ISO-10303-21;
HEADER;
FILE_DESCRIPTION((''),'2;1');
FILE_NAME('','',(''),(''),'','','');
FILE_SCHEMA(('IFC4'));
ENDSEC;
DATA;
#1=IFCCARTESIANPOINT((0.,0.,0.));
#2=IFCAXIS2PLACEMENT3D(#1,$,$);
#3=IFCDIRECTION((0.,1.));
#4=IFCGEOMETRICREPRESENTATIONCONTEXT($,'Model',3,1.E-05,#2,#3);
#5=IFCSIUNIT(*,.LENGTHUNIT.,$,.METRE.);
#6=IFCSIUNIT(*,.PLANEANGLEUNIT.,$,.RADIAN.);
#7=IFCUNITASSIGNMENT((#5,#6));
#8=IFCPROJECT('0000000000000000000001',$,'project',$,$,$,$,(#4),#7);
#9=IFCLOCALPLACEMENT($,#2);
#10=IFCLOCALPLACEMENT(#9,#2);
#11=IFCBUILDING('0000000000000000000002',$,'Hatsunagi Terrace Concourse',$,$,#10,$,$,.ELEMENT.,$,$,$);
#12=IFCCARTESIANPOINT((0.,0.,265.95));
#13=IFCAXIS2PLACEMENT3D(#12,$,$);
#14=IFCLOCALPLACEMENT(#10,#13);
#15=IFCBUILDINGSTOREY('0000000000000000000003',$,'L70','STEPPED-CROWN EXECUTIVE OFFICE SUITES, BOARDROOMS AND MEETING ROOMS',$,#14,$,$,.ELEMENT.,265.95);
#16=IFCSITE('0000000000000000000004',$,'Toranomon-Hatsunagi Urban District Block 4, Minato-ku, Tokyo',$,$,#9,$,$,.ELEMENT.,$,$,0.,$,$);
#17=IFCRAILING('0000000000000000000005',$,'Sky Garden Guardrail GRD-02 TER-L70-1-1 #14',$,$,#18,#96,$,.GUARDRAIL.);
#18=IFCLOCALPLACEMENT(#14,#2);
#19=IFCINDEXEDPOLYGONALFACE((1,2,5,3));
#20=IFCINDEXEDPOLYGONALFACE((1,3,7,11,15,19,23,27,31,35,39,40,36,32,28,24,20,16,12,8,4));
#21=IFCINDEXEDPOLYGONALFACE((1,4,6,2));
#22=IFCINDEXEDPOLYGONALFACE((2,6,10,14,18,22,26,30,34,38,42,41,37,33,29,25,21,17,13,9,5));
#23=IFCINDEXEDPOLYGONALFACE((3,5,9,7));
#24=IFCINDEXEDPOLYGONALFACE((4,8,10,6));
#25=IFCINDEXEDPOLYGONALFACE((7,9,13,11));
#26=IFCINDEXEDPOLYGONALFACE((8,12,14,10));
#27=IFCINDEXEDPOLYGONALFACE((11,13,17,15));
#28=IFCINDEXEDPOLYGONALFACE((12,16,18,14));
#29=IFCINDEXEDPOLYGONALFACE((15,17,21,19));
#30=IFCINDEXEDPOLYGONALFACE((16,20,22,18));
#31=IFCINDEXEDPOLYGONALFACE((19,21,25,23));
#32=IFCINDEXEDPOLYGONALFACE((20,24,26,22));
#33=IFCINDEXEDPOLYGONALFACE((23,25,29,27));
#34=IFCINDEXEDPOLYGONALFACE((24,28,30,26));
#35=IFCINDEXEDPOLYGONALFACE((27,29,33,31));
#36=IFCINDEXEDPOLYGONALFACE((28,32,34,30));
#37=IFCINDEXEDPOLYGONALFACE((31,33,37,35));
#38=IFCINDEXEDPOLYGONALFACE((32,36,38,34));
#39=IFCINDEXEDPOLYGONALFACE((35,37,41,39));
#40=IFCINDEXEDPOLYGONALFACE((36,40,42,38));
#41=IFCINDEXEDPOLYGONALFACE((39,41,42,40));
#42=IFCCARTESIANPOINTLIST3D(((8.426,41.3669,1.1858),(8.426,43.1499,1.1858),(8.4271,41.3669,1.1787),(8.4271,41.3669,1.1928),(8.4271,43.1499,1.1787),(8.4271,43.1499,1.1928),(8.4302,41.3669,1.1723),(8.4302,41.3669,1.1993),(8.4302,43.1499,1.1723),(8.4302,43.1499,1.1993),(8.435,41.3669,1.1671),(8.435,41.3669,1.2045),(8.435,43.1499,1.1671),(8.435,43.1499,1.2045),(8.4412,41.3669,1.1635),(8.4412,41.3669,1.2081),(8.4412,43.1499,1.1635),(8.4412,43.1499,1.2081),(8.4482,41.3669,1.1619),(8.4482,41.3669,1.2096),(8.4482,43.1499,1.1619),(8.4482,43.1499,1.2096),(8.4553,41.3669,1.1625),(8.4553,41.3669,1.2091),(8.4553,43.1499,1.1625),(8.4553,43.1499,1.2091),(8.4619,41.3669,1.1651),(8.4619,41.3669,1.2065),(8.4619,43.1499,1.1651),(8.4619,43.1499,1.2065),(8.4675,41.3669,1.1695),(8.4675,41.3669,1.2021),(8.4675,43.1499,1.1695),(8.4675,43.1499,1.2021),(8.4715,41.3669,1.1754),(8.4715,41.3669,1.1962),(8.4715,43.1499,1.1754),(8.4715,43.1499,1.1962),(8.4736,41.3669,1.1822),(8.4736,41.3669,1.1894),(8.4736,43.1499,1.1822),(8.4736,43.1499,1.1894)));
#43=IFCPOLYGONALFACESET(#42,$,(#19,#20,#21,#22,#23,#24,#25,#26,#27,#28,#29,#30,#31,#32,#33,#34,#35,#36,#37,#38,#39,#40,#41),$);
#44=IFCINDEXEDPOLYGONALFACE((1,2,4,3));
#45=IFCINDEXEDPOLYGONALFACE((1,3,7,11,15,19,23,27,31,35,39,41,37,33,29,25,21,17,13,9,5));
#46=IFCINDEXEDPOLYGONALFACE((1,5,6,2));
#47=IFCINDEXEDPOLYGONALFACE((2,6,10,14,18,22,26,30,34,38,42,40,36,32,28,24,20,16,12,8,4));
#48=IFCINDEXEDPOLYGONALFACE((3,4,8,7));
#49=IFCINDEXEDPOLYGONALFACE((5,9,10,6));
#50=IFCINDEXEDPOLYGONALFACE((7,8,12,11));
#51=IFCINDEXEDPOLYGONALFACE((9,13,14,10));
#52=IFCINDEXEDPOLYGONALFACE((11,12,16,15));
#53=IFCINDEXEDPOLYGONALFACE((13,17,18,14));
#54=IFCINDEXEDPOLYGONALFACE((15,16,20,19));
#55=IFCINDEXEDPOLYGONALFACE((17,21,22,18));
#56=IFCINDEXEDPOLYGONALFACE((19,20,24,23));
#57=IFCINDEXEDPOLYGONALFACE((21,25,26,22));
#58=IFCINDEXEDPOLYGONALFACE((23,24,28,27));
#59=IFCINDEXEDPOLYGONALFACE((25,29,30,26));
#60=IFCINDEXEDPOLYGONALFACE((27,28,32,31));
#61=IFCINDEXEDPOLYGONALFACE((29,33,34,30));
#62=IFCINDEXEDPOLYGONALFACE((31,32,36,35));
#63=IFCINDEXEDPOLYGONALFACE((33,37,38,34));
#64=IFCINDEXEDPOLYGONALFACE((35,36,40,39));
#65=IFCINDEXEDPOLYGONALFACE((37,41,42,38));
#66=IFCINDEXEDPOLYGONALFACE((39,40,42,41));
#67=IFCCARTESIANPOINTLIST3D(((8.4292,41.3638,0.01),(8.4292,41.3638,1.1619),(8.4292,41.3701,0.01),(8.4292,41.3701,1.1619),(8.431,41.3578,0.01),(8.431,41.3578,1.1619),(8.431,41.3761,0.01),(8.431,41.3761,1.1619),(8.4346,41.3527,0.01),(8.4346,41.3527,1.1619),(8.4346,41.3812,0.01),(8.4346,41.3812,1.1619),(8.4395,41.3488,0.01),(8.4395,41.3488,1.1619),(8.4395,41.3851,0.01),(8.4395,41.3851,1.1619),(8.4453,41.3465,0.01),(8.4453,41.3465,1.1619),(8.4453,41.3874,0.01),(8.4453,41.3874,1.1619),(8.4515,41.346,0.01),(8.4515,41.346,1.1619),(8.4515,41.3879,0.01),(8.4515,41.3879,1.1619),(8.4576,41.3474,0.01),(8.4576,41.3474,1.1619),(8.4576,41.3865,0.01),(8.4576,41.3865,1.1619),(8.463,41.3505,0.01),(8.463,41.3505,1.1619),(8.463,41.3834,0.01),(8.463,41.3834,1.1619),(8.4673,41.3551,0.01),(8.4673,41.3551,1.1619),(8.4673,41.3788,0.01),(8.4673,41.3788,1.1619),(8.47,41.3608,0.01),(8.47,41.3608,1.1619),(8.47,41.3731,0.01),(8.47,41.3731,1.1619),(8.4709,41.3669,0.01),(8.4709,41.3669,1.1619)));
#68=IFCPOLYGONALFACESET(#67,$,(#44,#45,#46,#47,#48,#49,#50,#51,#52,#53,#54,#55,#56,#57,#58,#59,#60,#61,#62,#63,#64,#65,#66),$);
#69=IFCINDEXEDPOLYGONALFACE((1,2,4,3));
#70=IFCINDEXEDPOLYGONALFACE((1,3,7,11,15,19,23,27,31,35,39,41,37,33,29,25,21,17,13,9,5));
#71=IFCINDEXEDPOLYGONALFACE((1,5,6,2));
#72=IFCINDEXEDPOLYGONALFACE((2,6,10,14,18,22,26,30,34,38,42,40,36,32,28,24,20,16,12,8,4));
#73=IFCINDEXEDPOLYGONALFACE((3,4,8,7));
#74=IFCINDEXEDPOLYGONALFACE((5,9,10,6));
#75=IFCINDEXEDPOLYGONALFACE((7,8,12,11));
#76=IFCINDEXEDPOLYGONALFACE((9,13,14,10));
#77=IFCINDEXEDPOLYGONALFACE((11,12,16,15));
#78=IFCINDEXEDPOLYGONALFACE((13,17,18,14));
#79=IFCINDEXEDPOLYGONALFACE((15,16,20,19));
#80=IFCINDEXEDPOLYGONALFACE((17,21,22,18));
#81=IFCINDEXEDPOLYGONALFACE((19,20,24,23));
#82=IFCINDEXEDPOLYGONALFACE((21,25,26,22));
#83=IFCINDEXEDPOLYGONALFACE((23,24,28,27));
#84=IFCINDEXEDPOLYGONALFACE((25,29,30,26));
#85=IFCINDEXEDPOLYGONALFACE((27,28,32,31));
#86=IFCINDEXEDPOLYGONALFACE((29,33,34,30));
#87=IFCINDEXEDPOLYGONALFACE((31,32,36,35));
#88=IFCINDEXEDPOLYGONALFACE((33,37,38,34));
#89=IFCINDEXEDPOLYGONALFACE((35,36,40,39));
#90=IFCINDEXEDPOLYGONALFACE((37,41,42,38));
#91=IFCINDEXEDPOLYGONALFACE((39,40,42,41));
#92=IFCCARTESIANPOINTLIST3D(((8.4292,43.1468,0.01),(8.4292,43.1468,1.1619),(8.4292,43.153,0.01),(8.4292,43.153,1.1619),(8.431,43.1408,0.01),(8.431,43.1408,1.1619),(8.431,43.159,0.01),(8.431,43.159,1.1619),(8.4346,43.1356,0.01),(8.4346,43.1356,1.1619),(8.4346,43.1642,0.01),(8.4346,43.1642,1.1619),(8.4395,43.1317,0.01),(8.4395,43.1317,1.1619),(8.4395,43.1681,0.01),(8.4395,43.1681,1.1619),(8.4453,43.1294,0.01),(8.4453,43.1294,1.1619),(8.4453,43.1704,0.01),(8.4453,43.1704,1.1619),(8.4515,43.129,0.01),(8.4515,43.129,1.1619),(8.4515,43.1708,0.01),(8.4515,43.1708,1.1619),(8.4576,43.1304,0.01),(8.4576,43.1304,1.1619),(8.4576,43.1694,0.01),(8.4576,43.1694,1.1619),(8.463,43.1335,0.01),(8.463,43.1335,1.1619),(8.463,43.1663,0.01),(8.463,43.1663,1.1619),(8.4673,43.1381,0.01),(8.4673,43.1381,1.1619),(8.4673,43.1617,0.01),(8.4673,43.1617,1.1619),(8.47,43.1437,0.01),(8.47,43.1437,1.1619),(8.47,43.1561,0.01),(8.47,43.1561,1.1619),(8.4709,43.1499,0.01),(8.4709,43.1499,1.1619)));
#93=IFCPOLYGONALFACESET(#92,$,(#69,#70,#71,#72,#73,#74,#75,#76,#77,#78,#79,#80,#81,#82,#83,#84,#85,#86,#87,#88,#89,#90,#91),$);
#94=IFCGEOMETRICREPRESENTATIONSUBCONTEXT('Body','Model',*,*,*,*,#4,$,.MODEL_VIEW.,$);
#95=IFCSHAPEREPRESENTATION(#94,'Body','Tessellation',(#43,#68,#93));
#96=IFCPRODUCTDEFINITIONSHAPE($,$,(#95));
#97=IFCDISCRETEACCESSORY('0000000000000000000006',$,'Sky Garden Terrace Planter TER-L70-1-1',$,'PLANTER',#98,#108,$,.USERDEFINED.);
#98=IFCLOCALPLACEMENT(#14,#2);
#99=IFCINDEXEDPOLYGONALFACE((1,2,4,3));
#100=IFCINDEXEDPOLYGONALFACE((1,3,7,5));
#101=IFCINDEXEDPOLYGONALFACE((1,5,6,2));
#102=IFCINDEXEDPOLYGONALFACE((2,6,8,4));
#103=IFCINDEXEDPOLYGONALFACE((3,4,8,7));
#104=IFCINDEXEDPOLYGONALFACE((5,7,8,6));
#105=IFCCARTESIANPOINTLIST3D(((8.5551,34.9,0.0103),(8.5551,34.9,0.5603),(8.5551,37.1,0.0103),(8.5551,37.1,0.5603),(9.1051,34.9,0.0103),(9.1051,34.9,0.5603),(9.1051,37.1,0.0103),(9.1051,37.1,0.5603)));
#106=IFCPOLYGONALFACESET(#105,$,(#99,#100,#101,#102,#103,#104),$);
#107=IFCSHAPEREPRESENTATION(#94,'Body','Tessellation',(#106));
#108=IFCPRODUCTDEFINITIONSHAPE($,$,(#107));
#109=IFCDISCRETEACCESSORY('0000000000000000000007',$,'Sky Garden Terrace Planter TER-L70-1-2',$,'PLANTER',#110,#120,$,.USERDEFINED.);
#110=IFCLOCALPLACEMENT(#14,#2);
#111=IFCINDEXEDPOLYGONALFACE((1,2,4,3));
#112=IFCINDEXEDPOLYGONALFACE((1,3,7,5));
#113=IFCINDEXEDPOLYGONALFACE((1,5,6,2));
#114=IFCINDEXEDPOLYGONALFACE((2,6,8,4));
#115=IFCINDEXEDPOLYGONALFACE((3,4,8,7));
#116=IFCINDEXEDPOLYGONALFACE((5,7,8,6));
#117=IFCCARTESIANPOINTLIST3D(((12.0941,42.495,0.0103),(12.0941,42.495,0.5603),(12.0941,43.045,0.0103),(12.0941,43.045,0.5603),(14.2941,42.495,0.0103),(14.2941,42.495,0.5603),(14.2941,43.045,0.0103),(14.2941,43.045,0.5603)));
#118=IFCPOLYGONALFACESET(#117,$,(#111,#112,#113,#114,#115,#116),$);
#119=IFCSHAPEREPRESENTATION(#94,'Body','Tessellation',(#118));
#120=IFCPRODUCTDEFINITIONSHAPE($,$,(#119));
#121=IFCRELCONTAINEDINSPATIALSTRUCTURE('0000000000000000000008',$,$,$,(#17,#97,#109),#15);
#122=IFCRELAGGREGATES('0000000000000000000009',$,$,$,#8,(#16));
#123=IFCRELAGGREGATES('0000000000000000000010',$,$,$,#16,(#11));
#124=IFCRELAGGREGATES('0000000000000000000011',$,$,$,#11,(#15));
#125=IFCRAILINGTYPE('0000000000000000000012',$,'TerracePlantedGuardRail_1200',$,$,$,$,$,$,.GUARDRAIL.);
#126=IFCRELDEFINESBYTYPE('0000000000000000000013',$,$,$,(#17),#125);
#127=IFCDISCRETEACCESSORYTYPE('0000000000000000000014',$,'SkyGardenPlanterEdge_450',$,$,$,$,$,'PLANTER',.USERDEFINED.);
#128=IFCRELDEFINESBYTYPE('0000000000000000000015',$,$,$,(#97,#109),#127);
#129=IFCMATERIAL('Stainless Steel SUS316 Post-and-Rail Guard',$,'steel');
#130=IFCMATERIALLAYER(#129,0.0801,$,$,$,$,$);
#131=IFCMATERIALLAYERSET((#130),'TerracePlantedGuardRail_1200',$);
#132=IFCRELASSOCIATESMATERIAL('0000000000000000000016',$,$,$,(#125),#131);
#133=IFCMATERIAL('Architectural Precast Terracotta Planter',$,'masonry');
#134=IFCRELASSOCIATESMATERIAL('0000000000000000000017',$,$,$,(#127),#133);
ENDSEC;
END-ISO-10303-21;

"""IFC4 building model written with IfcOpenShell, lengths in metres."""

from ifc_helpers import new_model, si_unit, direction, frame, origin, origin_2d, place, context, subcontext, project, spatial, rectangle, circle, extrude, material, layer, layer_set, type_object, element, save


model = new_model("IFC4")

# Units and contexts
model_context = context("Model", 3, precision=1e-05, world=origin(), true_north=direction((0.0, 1.0)))
body_context = subcontext(model_context, "Body", "Model", "MODEL_VIEW")
ifc_project = project(units=[si_unit("LENGTHUNIT", "METRE"), si_unit("PLANEANGLEUNIT", "RADIAN")], contexts=[model_context])

# Site, building, storey
site_placement = place(None, origin())
site = spatial("IfcSite", under=ifc_project, at=site_placement, Name="Toranomon-Hatsunagi Urban District Block 4, Minato-ku, Tokyo", CompositionType="ELEMENT", RefElevation=0.0)
building_placement = place(site_placement, origin())
building = spatial("IfcBuilding", under=site, at=building_placement, Name="Hatsunagi Terrace Concourse", CompositionType="ELEMENT")
storey_placement = place(building_placement, frame((0.0, 0.0, 265.95)))
storey = spatial("IfcBuildingStorey", under=building, at=storey_placement, Name="L70", Description="STEPPED-CROWN EXECUTIVE OFFICE SUITES, BOARDROOMS AND MEETING ROOMS", CompositionType="ELEMENT", Elevation=265.95)

# Railing
ifc_material_1 = material(Name="Stainless Steel SUS316 Post-and-Rail Guard", Category="steel")
ifc_layer_1 = layer(ifc_material_1, 0.0801)
ifc_layer_set_1 = layer_set([ifc_layer_1], Name="TerracePlantedGuardRail_1200")
railing_type = type_object("IfcRailingType", Name="TerracePlantedGuardRail_1200", PredefinedType="GUARDRAIL", material=ifc_layer_set_1)
railing_1_placement = place(storey_placement, frame((8.45, 41.3669, 0.01)))
element("IfcRailing", 1, at=railing_1_placement, inside=storey, type_object=railing_type, Name="Sky Garden Guardrail GRD-02 TER-L70-1-1 #14", PredefinedType="GUARDRAIL", context=body_context, shape_type="SweptSolid", body=[
    extrude(circle(Radius=0.0239, at=origin_2d()), frame((0.0, 0.0, 1.1758), z_axis=(0.0, 1.0, 0.0), x_axis=(-1.0, 0.0, 0.0)), (0.0, 0.0, 1.0), 1.783),
    extrude(circle(Radius=0.021, at=origin_2d()), origin(), (0.0, 0.0, 1.0), 1.1519),
    extrude(circle(Radius=0.021, at=origin_2d()), frame((0.0, 1.783, 0.0)), (0.0, 0.0, 1.0), 1.1519),
])

# Discrete accessories
ifc_material_2 = material(Name="Architectural Precast Terracotta Planter", Category="masonry")
discrete_accessory_type = type_object("IfcDiscreteAccessoryType", Name="SkyGardenPlanterEdge_450", ElementType="PLANTER", PredefinedType="USERDEFINED", material=ifc_material_2)
for number, where, z_axis, x_axis, name in (
    (2, (8.8301, 36.0, 0.0103), (0.0, 0.0, 1.0), (0.0, 1.0, 0.0), "Sky Garden Terrace Planter TER-L70-1-1"),
    (3, (13.1941, 42.77, 0.0103), (0.0, 0.0, 1.0), (1.0, 0.0, 0.0), "Sky Garden Terrace Planter TER-L70-1-2"),
):
    element("IfcDiscreteAccessory", number, at=place(storey_placement, frame(where, z_axis=z_axis, x_axis=x_axis)), inside=storey, type_object=discrete_accessory_type, Name=name, ObjectType="PLANTER", PredefinedType="USERDEFINED", context=body_context, shape_type="SweptSolid", body=[
        extrude(rectangle(XDim=2.2, YDim=0.55, at=origin_2d()), origin(), (0.0, 0.0, 1.0), 0.55),
    ])

save(model, "model.ifc")
